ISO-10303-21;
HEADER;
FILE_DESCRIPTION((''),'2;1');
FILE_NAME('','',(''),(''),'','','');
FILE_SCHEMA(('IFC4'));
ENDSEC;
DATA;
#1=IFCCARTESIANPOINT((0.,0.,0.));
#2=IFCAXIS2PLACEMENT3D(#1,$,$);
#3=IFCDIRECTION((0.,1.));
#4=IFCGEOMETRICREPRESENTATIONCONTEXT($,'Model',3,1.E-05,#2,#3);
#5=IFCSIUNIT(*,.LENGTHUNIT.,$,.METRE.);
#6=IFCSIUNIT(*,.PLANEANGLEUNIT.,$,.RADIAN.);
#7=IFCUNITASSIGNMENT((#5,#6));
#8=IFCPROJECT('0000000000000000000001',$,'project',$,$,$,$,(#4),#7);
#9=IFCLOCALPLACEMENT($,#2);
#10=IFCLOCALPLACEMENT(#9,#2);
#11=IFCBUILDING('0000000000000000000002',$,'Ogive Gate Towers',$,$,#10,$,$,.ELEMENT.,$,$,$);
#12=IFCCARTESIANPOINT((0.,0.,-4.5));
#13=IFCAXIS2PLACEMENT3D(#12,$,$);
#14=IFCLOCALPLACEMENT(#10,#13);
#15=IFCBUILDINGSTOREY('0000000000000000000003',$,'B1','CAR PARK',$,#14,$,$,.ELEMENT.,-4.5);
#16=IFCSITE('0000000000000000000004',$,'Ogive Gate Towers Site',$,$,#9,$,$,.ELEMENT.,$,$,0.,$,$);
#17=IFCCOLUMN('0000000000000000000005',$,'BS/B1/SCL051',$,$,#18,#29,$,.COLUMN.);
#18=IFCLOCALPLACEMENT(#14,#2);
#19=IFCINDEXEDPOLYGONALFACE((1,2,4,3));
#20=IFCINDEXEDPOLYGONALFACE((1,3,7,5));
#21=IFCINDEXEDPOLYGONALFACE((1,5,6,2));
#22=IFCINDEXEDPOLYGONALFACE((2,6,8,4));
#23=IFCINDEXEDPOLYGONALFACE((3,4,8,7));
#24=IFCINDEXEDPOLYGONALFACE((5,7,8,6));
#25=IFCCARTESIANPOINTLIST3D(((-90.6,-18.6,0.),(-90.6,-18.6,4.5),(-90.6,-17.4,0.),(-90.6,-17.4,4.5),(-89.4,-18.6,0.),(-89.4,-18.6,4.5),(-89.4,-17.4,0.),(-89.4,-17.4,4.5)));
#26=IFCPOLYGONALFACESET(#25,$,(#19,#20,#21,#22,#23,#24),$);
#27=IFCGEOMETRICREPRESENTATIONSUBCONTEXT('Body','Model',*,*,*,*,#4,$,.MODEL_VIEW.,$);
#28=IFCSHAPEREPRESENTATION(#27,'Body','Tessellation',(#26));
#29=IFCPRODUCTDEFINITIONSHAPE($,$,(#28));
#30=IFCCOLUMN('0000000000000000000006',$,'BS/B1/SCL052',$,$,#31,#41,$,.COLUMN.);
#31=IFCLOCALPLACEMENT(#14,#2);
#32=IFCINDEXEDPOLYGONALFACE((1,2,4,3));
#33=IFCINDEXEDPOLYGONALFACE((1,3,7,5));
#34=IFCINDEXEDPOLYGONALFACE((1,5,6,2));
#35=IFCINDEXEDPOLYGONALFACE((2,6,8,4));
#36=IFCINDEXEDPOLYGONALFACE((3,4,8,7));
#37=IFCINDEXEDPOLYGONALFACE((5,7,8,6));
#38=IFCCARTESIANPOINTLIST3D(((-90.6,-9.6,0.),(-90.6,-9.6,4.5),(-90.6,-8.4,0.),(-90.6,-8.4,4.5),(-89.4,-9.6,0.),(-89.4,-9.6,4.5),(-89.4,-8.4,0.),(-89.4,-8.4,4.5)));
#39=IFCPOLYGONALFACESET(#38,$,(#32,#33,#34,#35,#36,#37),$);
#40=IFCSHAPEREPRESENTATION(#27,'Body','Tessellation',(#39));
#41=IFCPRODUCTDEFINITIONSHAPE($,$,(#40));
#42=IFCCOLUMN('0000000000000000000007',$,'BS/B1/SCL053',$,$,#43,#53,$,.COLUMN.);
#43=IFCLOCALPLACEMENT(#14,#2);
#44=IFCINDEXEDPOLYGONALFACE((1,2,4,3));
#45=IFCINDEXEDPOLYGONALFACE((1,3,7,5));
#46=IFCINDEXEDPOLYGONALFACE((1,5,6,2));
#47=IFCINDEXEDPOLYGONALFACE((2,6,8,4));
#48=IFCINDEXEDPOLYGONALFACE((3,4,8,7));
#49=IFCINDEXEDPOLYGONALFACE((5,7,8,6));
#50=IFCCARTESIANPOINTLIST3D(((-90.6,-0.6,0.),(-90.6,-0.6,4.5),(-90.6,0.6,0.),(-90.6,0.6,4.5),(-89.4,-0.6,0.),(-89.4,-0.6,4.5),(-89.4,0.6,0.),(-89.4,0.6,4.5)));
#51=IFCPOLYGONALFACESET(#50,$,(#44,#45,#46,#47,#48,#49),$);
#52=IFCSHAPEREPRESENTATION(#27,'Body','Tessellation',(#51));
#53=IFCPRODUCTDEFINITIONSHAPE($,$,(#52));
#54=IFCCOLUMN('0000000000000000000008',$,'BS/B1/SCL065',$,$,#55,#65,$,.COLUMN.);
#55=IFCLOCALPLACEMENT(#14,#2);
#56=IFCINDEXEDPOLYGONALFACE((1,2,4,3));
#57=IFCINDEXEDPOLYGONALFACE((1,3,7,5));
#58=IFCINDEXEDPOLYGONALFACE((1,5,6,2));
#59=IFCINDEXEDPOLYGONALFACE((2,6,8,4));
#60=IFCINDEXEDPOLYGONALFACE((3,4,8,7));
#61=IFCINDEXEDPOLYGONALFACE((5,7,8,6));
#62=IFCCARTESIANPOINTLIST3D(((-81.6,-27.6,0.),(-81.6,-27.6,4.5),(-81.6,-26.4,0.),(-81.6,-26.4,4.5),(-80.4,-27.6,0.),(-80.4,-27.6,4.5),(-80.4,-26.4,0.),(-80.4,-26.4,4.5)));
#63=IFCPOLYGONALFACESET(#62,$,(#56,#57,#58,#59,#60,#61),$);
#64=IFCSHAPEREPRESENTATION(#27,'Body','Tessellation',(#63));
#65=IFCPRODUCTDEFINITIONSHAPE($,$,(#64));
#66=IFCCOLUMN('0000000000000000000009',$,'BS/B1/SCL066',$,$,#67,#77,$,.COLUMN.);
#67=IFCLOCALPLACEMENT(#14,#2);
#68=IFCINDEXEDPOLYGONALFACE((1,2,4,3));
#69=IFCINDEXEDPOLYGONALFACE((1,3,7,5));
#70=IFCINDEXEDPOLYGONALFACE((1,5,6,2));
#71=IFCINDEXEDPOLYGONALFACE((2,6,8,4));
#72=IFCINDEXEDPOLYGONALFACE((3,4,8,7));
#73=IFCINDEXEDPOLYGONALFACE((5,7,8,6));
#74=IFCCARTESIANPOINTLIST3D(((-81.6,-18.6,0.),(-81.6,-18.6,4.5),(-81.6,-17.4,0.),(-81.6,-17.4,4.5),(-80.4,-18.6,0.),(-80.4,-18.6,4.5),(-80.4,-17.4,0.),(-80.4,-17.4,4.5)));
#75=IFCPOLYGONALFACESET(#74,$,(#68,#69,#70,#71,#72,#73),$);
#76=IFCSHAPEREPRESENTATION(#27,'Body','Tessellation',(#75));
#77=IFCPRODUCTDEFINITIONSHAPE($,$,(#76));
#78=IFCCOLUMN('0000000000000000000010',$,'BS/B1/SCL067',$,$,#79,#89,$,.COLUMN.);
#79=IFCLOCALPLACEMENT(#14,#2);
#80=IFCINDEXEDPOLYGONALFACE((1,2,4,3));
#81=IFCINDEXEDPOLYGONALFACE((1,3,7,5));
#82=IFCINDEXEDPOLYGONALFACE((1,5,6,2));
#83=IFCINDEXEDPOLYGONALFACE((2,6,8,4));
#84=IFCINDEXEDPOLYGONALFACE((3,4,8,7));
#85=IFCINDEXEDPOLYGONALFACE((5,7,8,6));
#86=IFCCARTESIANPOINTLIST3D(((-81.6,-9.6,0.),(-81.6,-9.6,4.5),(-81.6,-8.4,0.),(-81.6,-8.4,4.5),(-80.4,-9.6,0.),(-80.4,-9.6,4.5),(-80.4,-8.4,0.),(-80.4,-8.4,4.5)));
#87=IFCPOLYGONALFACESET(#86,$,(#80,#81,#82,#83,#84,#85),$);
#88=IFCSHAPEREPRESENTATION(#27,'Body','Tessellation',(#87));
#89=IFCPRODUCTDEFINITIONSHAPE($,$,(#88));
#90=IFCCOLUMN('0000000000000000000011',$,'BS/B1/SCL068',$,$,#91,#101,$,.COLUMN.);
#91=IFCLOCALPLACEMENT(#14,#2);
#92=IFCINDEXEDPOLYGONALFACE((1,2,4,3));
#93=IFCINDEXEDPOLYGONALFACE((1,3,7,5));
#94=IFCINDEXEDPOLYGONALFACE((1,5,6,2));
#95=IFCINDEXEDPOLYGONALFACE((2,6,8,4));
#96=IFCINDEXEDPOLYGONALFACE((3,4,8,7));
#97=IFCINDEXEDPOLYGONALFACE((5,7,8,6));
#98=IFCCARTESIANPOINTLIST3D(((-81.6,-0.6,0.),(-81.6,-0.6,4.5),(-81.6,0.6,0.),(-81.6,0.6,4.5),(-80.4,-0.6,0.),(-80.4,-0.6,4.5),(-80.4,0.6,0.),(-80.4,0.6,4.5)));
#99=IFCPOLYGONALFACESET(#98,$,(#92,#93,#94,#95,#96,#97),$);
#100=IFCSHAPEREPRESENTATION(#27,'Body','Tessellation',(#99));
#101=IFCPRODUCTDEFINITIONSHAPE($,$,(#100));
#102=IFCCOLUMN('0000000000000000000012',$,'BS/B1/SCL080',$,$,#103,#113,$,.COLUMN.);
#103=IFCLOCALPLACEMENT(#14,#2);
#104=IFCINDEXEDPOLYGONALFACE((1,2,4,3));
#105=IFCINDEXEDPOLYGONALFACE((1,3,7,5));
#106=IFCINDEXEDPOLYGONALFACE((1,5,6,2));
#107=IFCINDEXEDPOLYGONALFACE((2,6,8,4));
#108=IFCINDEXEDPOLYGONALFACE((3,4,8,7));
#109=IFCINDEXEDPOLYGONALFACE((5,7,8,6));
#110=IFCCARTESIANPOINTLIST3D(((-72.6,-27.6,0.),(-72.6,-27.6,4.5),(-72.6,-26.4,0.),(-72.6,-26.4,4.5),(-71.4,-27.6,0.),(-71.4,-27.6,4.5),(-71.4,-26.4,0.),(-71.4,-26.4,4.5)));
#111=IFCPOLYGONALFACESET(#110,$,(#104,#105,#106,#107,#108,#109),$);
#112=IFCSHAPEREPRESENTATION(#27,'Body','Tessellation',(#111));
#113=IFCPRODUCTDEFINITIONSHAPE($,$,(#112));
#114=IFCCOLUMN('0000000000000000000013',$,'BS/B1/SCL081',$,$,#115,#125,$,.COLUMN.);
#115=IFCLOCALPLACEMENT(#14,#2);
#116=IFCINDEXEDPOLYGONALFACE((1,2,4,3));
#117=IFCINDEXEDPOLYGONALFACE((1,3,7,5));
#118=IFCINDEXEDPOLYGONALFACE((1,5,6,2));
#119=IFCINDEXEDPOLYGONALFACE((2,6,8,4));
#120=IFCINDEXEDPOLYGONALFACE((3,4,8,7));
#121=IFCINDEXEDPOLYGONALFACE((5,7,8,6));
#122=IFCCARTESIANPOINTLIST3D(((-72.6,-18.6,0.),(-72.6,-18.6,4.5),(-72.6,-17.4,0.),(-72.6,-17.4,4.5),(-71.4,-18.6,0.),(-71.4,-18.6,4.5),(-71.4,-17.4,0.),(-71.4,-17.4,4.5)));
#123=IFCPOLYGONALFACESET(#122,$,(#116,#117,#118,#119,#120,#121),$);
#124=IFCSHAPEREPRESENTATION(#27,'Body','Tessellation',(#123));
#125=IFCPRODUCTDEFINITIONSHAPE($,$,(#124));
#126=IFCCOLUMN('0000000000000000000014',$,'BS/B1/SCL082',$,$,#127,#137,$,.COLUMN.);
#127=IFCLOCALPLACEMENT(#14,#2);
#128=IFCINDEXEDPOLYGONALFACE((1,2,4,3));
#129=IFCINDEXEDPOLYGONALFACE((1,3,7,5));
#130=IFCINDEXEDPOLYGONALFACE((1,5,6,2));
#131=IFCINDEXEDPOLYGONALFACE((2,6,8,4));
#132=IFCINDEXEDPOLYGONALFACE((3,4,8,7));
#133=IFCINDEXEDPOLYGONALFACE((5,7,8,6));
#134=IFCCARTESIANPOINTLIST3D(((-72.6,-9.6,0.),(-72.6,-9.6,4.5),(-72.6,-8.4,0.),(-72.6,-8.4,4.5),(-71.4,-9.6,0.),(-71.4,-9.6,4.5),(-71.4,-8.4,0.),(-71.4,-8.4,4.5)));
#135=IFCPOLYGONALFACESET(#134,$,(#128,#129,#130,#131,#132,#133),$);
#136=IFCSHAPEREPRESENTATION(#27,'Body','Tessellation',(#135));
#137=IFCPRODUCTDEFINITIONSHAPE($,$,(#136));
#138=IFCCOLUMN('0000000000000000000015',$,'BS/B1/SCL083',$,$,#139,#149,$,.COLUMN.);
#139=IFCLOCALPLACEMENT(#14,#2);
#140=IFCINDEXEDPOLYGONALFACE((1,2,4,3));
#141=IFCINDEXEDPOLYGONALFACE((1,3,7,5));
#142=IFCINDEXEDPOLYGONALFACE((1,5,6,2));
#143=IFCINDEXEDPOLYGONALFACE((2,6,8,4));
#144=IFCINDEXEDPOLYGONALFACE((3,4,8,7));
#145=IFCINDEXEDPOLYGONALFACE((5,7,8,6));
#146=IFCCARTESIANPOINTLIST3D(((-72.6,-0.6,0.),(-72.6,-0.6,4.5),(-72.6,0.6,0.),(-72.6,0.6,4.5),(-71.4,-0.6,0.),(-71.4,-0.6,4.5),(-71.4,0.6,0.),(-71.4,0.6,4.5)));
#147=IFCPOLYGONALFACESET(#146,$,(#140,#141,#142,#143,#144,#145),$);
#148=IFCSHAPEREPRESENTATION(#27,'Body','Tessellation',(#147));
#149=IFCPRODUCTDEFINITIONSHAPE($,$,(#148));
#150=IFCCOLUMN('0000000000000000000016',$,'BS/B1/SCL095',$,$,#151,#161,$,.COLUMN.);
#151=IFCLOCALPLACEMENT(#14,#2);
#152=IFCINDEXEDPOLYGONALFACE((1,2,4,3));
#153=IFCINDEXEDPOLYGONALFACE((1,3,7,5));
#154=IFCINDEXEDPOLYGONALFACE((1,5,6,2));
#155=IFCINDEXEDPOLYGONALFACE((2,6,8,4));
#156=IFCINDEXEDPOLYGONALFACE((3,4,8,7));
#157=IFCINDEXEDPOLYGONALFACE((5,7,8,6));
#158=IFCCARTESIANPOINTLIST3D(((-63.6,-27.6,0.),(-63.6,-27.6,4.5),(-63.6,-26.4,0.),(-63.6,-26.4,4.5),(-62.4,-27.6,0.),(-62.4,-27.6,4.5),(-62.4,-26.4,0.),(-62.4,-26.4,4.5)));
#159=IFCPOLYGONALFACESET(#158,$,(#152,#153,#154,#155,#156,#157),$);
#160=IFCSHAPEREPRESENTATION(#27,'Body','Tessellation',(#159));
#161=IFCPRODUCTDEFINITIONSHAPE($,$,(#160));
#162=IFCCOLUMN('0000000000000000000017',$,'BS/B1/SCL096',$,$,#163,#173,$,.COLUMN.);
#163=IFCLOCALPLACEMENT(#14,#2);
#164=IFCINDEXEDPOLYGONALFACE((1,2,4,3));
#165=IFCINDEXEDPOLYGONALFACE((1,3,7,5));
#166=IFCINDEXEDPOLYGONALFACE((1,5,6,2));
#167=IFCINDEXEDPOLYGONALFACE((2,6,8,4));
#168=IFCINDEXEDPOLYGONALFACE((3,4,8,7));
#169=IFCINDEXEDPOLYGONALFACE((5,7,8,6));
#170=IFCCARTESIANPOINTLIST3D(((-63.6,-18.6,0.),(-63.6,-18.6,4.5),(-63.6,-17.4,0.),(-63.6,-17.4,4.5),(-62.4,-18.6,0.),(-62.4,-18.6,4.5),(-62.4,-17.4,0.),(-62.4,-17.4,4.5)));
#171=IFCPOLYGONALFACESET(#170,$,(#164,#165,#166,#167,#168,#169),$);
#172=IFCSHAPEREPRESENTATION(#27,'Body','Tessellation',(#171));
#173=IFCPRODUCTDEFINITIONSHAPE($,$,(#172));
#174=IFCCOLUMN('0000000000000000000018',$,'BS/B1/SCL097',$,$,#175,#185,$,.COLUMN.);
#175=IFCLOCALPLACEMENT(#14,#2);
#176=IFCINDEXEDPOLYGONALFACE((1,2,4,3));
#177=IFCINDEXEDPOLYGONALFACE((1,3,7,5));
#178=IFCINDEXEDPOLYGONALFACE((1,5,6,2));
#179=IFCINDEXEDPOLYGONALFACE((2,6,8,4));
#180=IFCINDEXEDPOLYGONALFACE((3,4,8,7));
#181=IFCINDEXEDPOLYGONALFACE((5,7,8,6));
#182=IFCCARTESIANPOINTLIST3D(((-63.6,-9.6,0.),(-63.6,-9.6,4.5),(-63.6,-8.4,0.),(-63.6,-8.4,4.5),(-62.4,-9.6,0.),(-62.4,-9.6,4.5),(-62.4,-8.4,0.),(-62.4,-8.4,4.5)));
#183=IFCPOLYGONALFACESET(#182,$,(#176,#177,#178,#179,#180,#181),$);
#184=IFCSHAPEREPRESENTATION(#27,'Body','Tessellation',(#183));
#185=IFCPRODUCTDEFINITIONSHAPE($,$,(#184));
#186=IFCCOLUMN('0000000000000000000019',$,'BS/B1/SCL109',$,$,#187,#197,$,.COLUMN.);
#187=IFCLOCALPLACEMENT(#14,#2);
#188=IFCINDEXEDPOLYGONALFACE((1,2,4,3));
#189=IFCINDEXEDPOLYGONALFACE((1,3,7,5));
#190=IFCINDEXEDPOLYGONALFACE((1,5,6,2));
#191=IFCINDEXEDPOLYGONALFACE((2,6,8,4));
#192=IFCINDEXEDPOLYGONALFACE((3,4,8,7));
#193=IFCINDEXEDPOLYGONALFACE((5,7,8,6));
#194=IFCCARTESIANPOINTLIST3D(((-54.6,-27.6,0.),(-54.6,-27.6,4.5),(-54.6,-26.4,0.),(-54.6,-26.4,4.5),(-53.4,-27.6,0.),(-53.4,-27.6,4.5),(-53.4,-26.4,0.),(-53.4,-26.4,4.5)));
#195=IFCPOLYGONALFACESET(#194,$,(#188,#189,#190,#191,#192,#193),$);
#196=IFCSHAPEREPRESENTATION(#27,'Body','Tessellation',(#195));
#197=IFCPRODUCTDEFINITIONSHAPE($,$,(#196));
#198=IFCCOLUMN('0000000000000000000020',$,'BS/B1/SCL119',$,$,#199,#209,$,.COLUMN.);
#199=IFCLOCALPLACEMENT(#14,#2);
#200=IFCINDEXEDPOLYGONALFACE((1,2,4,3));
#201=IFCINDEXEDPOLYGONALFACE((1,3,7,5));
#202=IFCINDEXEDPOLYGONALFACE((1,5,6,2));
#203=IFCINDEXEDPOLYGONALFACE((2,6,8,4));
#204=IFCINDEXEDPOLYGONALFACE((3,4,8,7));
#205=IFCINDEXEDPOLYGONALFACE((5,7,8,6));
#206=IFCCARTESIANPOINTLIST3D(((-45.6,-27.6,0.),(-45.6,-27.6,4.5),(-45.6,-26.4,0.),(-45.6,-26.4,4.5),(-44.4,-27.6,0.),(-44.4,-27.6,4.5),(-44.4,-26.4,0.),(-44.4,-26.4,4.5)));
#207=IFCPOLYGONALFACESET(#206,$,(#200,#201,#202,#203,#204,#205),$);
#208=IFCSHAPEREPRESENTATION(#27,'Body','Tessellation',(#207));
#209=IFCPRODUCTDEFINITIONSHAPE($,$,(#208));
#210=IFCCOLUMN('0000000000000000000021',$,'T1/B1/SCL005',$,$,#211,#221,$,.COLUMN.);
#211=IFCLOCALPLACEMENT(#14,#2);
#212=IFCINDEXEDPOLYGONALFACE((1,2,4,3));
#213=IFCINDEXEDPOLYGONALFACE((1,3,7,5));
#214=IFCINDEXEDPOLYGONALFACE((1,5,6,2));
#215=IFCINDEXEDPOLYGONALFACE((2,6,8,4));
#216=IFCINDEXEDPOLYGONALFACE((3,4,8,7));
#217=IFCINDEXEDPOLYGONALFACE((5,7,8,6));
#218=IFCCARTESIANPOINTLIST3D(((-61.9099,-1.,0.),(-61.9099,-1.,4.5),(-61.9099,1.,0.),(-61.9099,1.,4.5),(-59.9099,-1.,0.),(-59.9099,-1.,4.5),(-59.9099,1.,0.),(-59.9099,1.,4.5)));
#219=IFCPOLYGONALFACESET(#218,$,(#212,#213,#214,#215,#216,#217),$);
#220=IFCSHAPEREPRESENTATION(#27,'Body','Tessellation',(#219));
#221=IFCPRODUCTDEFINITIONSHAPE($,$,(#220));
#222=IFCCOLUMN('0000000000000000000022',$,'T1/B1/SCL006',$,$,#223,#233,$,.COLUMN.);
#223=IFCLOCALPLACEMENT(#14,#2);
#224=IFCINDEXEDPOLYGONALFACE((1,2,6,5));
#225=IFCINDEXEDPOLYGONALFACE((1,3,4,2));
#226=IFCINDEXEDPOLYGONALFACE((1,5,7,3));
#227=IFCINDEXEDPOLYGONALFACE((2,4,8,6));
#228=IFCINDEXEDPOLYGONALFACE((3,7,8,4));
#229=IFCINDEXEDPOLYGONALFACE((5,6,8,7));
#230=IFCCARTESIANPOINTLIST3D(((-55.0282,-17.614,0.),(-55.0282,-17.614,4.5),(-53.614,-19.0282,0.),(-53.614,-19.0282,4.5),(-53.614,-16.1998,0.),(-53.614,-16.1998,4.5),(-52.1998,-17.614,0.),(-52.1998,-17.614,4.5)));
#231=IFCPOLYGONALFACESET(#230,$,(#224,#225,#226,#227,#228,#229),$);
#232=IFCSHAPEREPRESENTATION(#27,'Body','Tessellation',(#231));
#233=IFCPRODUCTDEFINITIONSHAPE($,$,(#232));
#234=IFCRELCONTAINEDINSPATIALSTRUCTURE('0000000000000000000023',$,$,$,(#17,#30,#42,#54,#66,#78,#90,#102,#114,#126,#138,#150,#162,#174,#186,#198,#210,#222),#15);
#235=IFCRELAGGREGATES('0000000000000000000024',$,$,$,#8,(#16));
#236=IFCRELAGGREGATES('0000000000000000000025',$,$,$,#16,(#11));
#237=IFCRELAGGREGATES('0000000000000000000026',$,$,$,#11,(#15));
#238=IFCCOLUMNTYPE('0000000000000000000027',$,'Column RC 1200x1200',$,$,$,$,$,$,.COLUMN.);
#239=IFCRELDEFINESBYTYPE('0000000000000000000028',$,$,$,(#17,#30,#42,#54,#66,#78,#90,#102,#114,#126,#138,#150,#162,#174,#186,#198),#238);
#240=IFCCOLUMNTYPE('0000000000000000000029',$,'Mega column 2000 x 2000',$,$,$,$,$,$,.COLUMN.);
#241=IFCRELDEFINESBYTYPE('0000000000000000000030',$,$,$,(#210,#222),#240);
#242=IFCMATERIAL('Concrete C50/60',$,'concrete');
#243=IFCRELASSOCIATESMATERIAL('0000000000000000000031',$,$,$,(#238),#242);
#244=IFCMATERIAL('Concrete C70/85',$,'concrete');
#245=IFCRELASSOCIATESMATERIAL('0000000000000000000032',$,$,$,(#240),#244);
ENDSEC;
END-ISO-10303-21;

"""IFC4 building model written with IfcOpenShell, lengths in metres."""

from ifc_helpers import new_model, si_unit, direction, frame, origin, origin_2d, place, context, subcontext, project, spatial, rectangle, extrude, material, material_profile, profile_set, type_object, element, save


model = new_model("IFC4")

# Units and contexts
model_context = context("Model", 3, precision=1e-05, world=origin(), true_north=direction((0.0, 1.0)))
body_context = subcontext(model_context, "Body", "Model", "MODEL_VIEW")
ifc_project = project(units=[si_unit("LENGTHUNIT", "METRE"), si_unit("PLANEANGLEUNIT", "RADIAN")], contexts=[model_context])

# Site, building, storey
site_placement = place(None, origin())
site = spatial("IfcSite", under=ifc_project, at=site_placement, Name="Ogive Gate Towers Site", CompositionType="ELEMENT", RefElevation=0.0)
building_placement = place(site_placement, origin())
building = spatial("IfcBuilding", under=site, at=building_placement, Name="Ogive Gate Towers", CompositionType="ELEMENT")
storey_placement = place(building_placement, frame((0.0, 0.0, -4.5)))
storey = spatial("IfcBuildingStorey", under=building, at=storey_placement, Name="B1", Description="CAR PARK", CompositionType="ELEMENT", Elevation=-4.5)

# Columns
ifc_material_1 = material(Name="Concrete C50/60", Category="concrete")
ifc_material_profile_1 = material_profile(ifc_material_1, rectangle(XDim=1.2, YDim=1.2, at=origin_2d()), Name="RC 1200x1200")
ifc_profile_set_1 = profile_set([ifc_material_profile_1], Name="Concrete C50/60")
column_type_1 = type_object("IfcColumnType", Name="Column RC 1200x1200", PredefinedType="COLUMN", material=ifc_profile_set_1)
for number, where, z_axis, x_axis, name in (
    (1, (-90.0, -18.0, 0.0), (0.0, 0.0, 1.0), (1.0, 0.0, 0.0), "BS/B1/SCL051"),
    (2, (-90.0, -9.0, 0.0), (0.0, 0.0, 1.0), (1.0, 0.0, 0.0), "BS/B1/SCL052"),
    (3, (-90.0, 0.0, 0.0), (0.0, 0.0, 1.0), (1.0, 0.0, 0.0), "BS/B1/SCL053"),
    (4, (-81.0, -27.0, 0.0), (0.0, 0.0, 1.0), (1.0, 0.0, 0.0), "BS/B1/SCL065"),
    (5, (-81.0, -18.0, 0.0), (0.0, 0.0, 1.0), (1.0, 0.0, 0.0), "BS/B1/SCL066"),
    (6, (-81.0, -9.0, 0.0), (0.0, 0.0, 1.0), (1.0, 0.0, 0.0), "BS/B1/SCL067"),
    (7, (-81.0, 0.0, 0.0), (0.0, 0.0, 1.0), (1.0, 0.0, 0.0), "BS/B1/SCL068"),
    (8, (-72.0, -27.0, 0.0), (0.0, 0.0, 1.0), (1.0, 0.0, 0.0), "BS/B1/SCL080"),
    (9, (-72.0, -18.0, 0.0), (0.0, 0.0, 1.0), (1.0, 0.0, 0.0), "BS/B1/SCL081"),
    (10, (-72.0, -9.0, 0.0), (0.0, 0.0, 1.0), (1.0, 0.0, 0.0), "BS/B1/SCL082"),
    (11, (-72.0, 0.0, 0.0), (0.0, 0.0, 1.0), (1.0, 0.0, 0.0), "BS/B1/SCL083"),
    (12, (-63.0, -27.0, 0.0), (0.0, 0.0, 1.0), (1.0, 0.0, 0.0), "BS/B1/SCL095"),
    (13, (-63.0, -18.0, 0.0), (0.0, 0.0, 1.0), (1.0, 0.0, 0.0), "BS/B1/SCL096"),
    (14, (-63.0, -9.0, 0.0), (0.0, 0.0, 1.0), (1.0, 0.0, 0.0), "BS/B1/SCL097"),
    (15, (-54.0, -27.0, 0.0), (0.0, 0.0, 1.0), (1.0, 0.0, 0.0), "BS/B1/SCL109"),
    (16, (-45.0, -27.0, 0.0), (0.0, 0.0, 1.0), (1.0, 0.0, 0.0), "BS/B1/SCL119"),
):
    element("IfcColumn", number, at=place(storey_placement, frame(where, z_axis=z_axis, x_axis=x_axis)), inside=storey, type_object=column_type_1, Name=name, PredefinedType="COLUMN", context=body_context, shape_type="SweptSolid", body=[
        extrude(rectangle(XDim=1.2, YDim=1.2, at=origin_2d()), origin(), (0.0, 0.0, 1.0), 4.5),
    ])
ifc_material_2 = material(Name="Concrete C70/85", Category="concrete")
ifc_material_profile_2 = material_profile(ifc_material_2, rectangle(XDim=2.0, YDim=2.0, at=origin_2d()), Name="RC 2000x2000")
ifc_profile_set_2 = profile_set([ifc_material_profile_2], Name="Concrete C70/85")
column_type_2 = type_object("IfcColumnType", Name="Mega column 2000 x 2000", PredefinedType="COLUMN", material=ifc_profile_set_2)
for number, where, z_axis, x_axis, name in (
    (17, (-60.9099, 0.0, 0.0), (0.0, 0.0, 1.0), (-1.0, 0.0, 0.0), "T1/B1/SCL005"),
    (18, (-53.614, -17.614, 0.0), (0.0, 0.0, 1.0), (-0.707107, -0.707107, 0.0), "T1/B1/SCL006"),
):
    element("IfcColumn", number, at=place(storey_placement, frame(where, z_axis=z_axis, x_axis=x_axis)), inside=storey, type_object=column_type_2, Name=name, PredefinedType="COLUMN", context=body_context, shape_type="SweptSolid", body=[
        extrude(rectangle(XDim=2.0, YDim=2.0, at=origin_2d()), origin(), (0.0, 0.0, 1.0), 4.5),
    ])

save(model, "model.ifc")
